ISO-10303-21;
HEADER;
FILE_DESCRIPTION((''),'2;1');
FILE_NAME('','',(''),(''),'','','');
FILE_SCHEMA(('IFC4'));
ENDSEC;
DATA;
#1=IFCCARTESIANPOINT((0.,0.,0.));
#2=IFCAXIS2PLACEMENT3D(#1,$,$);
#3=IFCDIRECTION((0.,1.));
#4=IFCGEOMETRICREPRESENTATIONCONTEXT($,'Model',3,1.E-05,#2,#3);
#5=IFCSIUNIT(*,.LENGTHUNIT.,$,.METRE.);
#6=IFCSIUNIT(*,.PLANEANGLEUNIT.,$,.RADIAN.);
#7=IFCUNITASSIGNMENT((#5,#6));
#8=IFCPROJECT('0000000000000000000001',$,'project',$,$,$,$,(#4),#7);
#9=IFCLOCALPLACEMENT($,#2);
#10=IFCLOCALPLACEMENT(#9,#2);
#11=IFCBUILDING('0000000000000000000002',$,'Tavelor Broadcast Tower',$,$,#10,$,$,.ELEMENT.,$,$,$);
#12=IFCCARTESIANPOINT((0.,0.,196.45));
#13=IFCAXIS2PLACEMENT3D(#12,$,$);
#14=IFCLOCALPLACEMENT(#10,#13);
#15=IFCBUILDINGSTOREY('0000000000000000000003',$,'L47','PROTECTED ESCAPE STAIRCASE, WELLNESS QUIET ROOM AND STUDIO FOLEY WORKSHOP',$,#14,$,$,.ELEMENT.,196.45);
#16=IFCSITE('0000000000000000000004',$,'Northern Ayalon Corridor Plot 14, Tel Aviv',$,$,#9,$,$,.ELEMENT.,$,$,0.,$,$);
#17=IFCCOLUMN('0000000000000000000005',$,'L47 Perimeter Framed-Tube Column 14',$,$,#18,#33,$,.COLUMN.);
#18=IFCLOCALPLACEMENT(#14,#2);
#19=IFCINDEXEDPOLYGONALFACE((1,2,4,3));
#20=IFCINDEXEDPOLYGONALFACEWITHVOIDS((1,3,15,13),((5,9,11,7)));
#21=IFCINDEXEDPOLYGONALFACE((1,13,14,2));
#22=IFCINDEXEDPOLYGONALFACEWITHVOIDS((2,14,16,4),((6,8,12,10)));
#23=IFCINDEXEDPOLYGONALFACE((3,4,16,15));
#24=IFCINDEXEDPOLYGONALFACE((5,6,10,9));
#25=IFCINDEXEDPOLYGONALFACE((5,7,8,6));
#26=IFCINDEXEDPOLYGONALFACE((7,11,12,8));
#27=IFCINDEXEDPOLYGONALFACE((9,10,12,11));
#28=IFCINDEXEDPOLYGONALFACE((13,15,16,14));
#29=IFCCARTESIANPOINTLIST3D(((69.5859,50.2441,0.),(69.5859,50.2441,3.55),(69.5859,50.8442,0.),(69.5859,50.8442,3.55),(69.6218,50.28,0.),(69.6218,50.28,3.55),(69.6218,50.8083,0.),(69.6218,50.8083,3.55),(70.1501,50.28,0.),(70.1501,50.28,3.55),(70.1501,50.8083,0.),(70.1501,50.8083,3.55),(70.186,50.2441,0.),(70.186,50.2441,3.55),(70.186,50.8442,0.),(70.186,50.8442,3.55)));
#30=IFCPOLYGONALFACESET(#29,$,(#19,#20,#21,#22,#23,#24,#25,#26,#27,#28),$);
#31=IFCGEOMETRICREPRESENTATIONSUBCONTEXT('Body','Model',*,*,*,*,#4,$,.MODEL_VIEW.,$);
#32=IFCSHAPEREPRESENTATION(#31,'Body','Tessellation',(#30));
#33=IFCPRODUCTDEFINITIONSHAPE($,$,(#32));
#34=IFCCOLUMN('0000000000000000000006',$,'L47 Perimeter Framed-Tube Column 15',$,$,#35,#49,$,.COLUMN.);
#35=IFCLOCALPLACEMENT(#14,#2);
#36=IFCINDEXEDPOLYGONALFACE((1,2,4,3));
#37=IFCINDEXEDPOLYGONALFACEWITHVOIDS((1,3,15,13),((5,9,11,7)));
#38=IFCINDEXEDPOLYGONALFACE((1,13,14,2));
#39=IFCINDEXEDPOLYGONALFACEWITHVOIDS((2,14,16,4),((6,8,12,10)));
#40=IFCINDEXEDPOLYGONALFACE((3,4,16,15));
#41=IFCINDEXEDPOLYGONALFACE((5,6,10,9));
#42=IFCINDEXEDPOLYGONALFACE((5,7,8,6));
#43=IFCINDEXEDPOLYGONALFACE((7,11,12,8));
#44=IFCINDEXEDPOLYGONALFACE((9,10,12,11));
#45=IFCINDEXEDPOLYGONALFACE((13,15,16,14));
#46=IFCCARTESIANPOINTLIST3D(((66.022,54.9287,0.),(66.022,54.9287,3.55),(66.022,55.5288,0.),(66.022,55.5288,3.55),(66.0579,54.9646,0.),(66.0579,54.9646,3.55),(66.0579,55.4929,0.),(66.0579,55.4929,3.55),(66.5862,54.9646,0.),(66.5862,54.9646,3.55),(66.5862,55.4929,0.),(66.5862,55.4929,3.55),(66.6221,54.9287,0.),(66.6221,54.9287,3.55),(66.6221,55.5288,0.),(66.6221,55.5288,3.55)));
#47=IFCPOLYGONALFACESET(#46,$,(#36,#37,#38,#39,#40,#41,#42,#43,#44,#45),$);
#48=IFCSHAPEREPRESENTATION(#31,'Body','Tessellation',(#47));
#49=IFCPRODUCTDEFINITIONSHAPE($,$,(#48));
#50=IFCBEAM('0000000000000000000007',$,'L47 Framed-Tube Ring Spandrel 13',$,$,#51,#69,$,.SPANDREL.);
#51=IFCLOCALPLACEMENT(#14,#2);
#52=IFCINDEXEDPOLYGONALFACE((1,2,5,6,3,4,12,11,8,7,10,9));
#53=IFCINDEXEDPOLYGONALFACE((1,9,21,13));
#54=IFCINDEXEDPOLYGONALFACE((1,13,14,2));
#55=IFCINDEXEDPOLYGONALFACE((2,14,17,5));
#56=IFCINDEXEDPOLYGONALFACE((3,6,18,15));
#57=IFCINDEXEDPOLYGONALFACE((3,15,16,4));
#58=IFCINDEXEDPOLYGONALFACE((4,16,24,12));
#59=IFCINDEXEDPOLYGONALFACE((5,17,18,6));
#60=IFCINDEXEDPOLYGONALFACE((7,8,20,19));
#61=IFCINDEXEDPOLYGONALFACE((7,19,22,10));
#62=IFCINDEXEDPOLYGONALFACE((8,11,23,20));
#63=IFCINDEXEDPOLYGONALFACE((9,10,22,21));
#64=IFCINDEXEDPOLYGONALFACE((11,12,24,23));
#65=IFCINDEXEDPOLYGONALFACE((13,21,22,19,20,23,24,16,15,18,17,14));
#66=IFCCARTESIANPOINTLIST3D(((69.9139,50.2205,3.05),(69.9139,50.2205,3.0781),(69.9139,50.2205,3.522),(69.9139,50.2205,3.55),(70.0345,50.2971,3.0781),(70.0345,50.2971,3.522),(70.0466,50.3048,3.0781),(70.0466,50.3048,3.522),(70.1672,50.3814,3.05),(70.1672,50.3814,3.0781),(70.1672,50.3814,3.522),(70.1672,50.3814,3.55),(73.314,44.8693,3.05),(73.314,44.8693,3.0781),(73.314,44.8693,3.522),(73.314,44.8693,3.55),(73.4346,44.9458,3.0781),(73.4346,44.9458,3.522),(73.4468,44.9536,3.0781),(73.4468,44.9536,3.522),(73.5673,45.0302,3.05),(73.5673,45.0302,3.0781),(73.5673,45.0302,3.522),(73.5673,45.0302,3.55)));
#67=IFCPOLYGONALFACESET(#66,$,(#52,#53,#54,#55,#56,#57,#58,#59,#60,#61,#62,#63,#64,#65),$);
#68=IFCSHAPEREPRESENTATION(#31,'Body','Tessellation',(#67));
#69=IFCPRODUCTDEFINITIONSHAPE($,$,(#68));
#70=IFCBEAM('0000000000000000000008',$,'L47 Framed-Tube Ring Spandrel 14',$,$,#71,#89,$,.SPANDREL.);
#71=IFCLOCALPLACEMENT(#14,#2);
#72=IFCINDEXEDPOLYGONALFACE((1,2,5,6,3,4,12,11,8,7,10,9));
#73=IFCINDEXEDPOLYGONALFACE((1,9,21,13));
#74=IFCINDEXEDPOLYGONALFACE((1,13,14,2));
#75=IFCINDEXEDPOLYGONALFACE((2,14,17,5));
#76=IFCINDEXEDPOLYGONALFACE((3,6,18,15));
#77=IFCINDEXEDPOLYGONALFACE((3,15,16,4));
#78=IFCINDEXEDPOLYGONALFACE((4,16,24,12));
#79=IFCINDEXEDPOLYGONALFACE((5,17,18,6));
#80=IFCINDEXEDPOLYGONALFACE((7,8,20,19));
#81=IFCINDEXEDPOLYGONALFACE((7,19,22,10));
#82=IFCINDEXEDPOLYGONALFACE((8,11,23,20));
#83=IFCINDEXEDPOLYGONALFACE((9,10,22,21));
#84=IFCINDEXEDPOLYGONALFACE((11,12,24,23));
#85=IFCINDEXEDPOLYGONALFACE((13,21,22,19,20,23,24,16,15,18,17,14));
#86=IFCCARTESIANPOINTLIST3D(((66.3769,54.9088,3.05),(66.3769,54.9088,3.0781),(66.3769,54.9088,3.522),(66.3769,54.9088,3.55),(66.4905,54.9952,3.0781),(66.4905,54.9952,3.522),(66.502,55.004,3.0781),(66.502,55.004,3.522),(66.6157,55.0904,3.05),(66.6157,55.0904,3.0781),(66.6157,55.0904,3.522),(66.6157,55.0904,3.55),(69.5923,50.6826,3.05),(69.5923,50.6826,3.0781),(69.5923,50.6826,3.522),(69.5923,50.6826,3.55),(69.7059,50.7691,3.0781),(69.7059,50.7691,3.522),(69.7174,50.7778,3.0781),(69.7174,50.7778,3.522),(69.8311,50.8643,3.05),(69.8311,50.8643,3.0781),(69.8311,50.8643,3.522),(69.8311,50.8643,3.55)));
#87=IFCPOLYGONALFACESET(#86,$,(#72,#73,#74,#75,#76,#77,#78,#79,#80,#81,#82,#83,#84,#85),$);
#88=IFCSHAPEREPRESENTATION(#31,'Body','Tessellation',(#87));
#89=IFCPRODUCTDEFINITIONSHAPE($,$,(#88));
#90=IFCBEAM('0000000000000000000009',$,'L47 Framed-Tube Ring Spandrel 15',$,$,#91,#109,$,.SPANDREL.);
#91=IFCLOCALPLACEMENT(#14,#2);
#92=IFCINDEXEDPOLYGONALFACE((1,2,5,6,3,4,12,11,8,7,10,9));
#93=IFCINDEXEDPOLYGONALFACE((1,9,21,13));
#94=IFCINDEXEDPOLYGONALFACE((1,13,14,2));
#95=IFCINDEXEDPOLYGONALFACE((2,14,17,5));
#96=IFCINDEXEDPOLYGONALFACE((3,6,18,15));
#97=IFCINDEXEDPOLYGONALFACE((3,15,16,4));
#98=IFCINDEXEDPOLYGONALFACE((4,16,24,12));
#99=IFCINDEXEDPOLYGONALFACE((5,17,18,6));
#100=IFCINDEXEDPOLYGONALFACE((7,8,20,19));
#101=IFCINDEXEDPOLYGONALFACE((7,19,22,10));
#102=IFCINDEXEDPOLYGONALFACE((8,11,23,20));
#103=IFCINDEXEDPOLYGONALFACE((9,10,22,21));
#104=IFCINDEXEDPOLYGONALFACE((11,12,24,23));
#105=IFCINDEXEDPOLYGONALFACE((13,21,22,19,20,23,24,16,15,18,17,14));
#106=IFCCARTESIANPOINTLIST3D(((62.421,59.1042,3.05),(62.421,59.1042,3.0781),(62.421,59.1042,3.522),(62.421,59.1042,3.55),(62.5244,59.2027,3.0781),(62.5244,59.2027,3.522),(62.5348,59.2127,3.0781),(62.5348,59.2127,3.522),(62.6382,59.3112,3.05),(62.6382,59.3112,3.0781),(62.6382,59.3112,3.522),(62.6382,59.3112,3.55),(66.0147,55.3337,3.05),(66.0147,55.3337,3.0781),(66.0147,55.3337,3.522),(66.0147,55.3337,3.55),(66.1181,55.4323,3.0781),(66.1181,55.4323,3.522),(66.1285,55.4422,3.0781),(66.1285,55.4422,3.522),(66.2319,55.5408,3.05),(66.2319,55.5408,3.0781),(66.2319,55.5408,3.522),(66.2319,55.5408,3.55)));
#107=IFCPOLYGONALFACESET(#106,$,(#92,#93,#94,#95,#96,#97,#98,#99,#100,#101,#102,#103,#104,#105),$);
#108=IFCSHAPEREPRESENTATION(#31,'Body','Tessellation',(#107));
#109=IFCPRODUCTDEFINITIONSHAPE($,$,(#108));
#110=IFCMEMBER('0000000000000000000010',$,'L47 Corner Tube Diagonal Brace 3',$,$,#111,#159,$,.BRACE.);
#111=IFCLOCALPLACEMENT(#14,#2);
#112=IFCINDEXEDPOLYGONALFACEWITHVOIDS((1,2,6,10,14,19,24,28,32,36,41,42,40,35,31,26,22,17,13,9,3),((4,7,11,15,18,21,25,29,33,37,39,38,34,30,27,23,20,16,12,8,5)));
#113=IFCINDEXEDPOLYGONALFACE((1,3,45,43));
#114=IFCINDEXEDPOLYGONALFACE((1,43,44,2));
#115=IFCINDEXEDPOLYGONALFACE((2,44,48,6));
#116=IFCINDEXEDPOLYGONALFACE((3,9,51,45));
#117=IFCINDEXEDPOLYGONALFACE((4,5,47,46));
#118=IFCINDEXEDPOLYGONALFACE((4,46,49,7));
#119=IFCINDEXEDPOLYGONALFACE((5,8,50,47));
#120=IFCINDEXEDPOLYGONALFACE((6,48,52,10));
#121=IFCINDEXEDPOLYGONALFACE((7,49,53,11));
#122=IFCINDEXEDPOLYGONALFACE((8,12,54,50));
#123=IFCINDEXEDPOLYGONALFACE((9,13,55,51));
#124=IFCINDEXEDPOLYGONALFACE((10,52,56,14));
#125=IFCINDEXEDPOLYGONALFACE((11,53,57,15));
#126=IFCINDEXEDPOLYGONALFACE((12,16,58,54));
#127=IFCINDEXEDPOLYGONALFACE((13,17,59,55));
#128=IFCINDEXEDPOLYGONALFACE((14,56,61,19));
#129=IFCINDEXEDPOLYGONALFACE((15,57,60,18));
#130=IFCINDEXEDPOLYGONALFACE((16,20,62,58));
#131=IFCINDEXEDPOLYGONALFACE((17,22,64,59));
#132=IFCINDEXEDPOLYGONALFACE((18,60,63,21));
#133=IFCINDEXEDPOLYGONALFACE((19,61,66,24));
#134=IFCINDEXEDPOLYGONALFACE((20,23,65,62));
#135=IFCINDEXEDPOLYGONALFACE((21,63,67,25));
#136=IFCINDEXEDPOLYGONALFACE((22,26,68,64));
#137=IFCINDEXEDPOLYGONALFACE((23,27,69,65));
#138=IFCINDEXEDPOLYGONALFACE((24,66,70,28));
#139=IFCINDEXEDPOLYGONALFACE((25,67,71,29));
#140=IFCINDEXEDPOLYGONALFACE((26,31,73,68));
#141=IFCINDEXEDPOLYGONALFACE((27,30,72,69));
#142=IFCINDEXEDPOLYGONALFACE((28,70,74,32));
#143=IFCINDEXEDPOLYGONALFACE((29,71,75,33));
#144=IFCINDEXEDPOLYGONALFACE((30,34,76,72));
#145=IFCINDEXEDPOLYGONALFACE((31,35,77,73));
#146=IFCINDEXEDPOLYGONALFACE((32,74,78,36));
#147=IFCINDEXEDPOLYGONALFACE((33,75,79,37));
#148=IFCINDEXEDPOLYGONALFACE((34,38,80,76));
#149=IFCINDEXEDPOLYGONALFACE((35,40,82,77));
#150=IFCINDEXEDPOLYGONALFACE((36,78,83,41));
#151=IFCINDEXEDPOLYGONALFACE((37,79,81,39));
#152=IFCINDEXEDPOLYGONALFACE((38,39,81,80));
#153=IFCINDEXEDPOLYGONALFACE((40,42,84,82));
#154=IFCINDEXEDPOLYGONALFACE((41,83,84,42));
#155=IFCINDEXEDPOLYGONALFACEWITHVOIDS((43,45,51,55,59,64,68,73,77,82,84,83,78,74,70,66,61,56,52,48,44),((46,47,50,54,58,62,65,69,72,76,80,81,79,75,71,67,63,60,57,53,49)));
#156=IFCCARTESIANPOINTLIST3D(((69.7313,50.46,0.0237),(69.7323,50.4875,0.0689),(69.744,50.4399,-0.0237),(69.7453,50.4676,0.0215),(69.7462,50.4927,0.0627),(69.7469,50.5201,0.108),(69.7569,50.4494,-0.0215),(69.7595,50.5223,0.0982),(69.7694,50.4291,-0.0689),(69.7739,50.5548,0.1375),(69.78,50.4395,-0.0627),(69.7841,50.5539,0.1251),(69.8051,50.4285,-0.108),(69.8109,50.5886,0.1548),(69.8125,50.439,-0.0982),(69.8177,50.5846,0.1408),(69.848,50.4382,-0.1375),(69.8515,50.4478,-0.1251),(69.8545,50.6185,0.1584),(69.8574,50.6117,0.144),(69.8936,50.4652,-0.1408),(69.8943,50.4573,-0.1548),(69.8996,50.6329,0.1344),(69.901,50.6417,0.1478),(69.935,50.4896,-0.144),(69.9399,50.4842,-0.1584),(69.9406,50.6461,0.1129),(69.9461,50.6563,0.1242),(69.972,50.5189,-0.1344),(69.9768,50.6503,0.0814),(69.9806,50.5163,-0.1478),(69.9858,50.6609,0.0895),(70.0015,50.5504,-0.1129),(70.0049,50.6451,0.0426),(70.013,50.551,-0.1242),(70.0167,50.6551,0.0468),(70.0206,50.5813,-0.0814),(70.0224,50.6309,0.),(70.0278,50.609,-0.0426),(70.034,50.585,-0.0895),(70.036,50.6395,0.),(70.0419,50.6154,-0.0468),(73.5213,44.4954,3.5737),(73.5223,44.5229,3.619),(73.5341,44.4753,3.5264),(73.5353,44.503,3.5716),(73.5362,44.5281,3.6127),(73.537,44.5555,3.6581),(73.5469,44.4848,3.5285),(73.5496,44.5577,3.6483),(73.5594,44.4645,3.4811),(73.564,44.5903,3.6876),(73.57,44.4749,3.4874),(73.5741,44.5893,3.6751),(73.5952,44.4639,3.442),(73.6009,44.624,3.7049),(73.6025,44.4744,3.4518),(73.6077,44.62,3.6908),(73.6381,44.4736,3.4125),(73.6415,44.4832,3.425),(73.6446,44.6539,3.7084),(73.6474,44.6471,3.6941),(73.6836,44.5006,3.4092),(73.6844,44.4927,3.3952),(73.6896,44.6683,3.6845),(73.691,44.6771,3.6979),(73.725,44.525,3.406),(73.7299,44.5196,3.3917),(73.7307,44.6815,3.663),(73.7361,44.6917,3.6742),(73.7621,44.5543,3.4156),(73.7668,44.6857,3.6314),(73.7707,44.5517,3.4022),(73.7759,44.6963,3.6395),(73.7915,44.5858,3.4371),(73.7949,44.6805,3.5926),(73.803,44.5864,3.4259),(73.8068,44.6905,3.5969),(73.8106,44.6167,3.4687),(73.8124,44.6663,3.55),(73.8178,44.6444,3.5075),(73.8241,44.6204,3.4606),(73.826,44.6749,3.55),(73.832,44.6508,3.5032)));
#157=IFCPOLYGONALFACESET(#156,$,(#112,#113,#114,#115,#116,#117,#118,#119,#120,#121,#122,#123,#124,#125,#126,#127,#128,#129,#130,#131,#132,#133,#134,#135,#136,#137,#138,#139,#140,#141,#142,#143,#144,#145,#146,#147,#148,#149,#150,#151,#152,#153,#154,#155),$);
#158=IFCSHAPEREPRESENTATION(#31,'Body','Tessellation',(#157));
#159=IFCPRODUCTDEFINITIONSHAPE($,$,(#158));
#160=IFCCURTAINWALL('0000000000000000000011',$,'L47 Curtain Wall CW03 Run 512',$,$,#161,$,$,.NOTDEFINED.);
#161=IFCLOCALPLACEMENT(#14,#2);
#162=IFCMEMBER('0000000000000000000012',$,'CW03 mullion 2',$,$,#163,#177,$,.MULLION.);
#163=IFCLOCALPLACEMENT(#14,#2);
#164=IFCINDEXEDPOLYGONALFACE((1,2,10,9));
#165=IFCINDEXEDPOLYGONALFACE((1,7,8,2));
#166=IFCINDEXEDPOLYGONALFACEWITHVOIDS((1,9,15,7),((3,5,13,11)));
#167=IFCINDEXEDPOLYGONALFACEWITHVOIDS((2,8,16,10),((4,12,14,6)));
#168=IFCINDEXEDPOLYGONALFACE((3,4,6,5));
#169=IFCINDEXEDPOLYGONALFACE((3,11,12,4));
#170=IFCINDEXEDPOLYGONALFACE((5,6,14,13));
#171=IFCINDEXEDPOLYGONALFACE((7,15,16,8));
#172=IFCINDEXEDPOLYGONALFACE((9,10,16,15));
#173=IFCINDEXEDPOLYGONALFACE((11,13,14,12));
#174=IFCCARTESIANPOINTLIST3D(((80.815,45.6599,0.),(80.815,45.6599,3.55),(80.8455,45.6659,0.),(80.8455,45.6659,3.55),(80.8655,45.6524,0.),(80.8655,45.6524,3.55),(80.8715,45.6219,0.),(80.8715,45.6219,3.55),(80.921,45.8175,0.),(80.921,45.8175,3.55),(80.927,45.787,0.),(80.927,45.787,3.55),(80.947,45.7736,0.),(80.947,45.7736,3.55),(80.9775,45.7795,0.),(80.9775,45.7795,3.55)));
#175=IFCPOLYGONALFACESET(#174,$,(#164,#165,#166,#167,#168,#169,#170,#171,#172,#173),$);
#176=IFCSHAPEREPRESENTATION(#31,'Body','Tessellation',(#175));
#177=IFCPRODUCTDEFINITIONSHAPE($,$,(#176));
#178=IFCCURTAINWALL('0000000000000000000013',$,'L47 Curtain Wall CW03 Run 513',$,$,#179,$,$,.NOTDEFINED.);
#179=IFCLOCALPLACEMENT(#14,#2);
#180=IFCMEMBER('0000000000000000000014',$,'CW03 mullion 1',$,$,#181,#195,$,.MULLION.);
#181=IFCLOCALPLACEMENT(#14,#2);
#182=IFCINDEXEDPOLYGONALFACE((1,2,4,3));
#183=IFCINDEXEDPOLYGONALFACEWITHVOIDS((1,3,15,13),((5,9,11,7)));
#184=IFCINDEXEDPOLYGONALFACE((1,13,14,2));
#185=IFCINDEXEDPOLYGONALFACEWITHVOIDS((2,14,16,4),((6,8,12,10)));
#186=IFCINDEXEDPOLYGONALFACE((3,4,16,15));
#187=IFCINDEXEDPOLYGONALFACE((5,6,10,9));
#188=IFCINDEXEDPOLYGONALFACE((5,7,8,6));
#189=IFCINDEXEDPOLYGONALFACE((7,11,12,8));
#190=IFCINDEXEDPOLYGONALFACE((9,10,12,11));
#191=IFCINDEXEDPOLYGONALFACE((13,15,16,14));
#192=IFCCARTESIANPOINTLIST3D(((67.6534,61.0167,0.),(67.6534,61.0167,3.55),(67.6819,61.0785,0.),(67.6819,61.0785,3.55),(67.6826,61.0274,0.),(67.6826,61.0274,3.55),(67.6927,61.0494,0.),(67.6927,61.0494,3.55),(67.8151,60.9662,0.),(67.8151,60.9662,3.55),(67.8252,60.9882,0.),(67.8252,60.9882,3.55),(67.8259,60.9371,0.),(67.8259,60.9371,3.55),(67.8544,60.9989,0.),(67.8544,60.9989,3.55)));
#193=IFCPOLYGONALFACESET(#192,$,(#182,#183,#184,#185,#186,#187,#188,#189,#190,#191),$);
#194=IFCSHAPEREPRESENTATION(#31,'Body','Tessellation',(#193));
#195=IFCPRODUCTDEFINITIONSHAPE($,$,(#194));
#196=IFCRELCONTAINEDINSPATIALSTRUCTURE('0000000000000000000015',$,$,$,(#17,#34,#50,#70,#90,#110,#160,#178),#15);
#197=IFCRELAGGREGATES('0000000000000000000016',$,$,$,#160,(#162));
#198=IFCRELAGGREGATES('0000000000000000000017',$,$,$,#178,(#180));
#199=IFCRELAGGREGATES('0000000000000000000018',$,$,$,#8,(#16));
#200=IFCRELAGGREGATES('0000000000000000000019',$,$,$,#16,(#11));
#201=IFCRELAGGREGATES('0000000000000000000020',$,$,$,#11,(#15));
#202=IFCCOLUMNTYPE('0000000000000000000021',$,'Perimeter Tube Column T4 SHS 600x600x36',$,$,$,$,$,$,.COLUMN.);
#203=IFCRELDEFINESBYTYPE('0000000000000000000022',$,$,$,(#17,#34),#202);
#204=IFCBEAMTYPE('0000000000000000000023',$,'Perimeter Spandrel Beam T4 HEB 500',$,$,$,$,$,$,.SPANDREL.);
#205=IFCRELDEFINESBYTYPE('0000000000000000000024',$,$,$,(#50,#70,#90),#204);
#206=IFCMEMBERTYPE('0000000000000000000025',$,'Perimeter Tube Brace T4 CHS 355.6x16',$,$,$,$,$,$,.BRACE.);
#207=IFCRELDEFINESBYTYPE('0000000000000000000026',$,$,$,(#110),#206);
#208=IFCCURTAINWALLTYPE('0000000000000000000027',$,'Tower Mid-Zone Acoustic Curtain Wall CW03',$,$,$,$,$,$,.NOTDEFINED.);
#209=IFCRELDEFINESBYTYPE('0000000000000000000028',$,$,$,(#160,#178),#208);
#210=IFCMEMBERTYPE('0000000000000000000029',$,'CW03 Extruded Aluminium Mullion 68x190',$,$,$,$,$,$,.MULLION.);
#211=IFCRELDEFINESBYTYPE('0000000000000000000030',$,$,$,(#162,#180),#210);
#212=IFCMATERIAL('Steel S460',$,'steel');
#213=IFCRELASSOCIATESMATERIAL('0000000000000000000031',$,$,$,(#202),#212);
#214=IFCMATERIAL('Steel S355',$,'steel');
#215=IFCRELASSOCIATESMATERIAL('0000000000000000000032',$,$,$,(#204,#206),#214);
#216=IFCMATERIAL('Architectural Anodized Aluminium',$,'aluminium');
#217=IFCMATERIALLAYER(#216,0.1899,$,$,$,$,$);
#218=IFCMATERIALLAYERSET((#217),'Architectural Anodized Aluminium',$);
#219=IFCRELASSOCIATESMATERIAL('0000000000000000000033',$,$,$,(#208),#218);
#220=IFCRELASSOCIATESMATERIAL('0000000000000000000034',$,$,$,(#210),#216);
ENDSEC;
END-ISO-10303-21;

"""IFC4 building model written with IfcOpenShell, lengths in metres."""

from ifc_helpers import new_model, si_unit, direction, frame, origin, origin_2d, place, context, subcontext, project, spatial, hollow_rectangle, hollow_circle, i_section, extrude, source, transform, mapped, material, layer, layer_set, material_profile, profile_set, type_object, type_shapes, element, aggregate, save


model = new_model("IFC4")

# Units and contexts
model_context = context("Model", 3, precision=1e-05, world=origin(), true_north=direction((0.0, 1.0)))
body_context = subcontext(model_context, "Body", "Model", "MODEL_VIEW")
ifc_project = project(units=[si_unit("LENGTHUNIT", "METRE"), si_unit("PLANEANGLEUNIT", "RADIAN")], contexts=[model_context])

# Site, building, storey
site_placement = place(None, origin())
site = spatial("IfcSite", under=ifc_project, at=site_placement, Name="Northern Ayalon Corridor Plot 14, Tel Aviv", CompositionType="ELEMENT", RefElevation=0.0)
building_placement = place(site_placement, origin())
building = spatial("IfcBuilding", under=site, at=building_placement, Name="Tavelor Broadcast Tower", CompositionType="ELEMENT")
storey_placement = place(building_placement, frame((0.0, 0.0, 196.45)))
storey = spatial("IfcBuildingStorey", under=building, at=storey_placement, Name="L47", Description="PROTECTED ESCAPE STAIRCASE, WELLNESS QUIET ROOM AND STUDIO FOLEY WORKSHOP", CompositionType="ELEMENT", Elevation=196.45)

# Columns
ifc_material_1 = material(Name="Steel S460", Category="steel")
ifc_material_profile_1 = material_profile(ifc_material_1, hollow_rectangle(XDim=0.6001, YDim=0.6001, WallThickness=0.0359, at=origin_2d()), Name="SHS 600x600x36")
ifc_profile_set_1 = profile_set([ifc_material_profile_1], Name="Steel S460")
column_type = type_object("IfcColumnType", Name="Perimeter Tube Column T4 SHS 600x600x36", PredefinedType="COLUMN", material=ifc_profile_set_1)
for number, where, z_axis, x_axis, name in (
    (1, (69.886, 50.5442, 0.0), (0.0, 0.0, 1.0), (1.0, 0.0, 0.0), "L47 Perimeter Framed-Tube Column 14"),
    (2, (66.322, 55.2288, 0.0), (0.0, 0.0, 1.0), (1.0, 0.0, 0.0), "L47 Perimeter Framed-Tube Column 15"),
):
    element("IfcColumn", number, at=place(storey_placement, frame(where, z_axis=z_axis, x_axis=x_axis)), inside=storey, type_object=column_type, Name=name, PredefinedType="COLUMN", context=body_context, shape_type="SweptSolid", body=[
        extrude(hollow_rectangle(XDim=0.6001, YDim=0.6001, WallThickness=0.0359, at=origin_2d()), origin(), (0.0, 0.0, 1.0), 3.55),
    ])

# Beams
ifc_material_2 = material(Name="Steel S355", Category="steel")
ifc_material_profile_2 = material_profile(ifc_material_2, i_section(OverallWidth=0.3, OverallDepth=0.5, WebThickness=0.0144, FlangeThickness=0.0281, at=origin_2d()), Name="HEB 500")
ifc_profile_set_2 = profile_set([ifc_material_profile_2], Name="Steel S355")
beam_type = type_object("IfcBeamType", Name="Perimeter Spandrel Beam T4 HEB 500", PredefinedType="SPANDREL", material=ifc_profile_set_2)
beam_1_placement = place(storey_placement, frame((73.4407, 44.9497, 3.3), z_axis=(-0.536287, 0.844035, 0.0), x_axis=(-0.844035, -0.536287, 0.0)))
element("IfcBeam", 3, at=beam_1_placement, inside=storey, type_object=beam_type, Name="L47 Framed-Tube Ring Spandrel 13", PredefinedType="SPANDREL", context=body_context, shape_type="SweptSolid", body=[
    extrude(i_section(OverallWidth=0.3, OverallDepth=0.5, WebThickness=0.0144, FlangeThickness=0.0281, at=origin_2d()), origin(), (0.0, 0.0, 1.0), 6.3401),
])
beam_2_placement = place(storey_placement, frame((69.7117, 50.7734, 3.3), z_axis=(-0.605503, 0.795843, 0.0), x_axis=(-0.795843, -0.605503, 0.0)))
element("IfcBeam", 4, at=beam_2_placement, inside=storey, type_object=beam_type, Name="L47 Framed-Tube Ring Spandrel 14", PredefinedType="SPANDREL", context=body_context, shape_type="SweptSolid", body=[
    extrude(i_section(OverallWidth=0.3, OverallDepth=0.5, WebThickness=0.0144, FlangeThickness=0.0281, at=origin_2d()), origin(), (0.0, 0.0, 1.0), 5.3103),
])
beam_3_placement = place(storey_placement, frame((66.1233, 55.4373, 3.3), z_axis=(-0.689936, 0.72387, 0.0), x_axis=(-0.72387, -0.689936, 0.0)))
element("IfcBeam", 5, at=beam_3_placement, inside=storey, type_object=beam_type, Name="L47 Framed-Tube Ring Spandrel 15", PredefinedType="SPANDREL", context=body_context, shape_type="SweptSolid", body=[
    extrude(i_section(OverallWidth=0.3, OverallDepth=0.5, WebThickness=0.0144, FlangeThickness=0.0281, at=origin_2d()), origin(), (0.0, 0.0, 1.0), 5.2087),
])

# Member
ifc_material_profile_3 = material_profile(ifc_material_2, hollow_circle(Radius=0.1777, WallThickness=0.0161, at=origin_2d()), Name="CHS 355.6x16")
ifc_profile_set_3 = profile_set([ifc_material_profile_3], Name="Steel S355")
member_type_1 = type_object("IfcMemberType", Name="Perimeter Tube Brace T4 CHS 355.6x16", PredefinedType="BRACE", material=ifc_profile_set_3)
member_1_placement = place(storey_placement, frame((69.886, 50.5442, 0.0), z_axis=(0.479239, -0.754205, 0.448893), x_axis=(0.844021, 0.53631, 0.0)))
element("IfcMember", 6, at=member_1_placement, inside=storey, type_object=member_type_1, Name="L47 Corner Tube Diagonal Brace 3", PredefinedType="BRACE", context=body_context, shape_type="SweptSolid", body=[
    extrude(hollow_circle(Radius=0.1777, WallThickness=0.0161, at=origin_2d()), origin(), (0.0, 0.0, 1.0), 7.9084),
])

# Curtain wall, member
ifc_material_3 = material(Name="Architectural Anodized Aluminium", Category="aluminium")
ifc_layer_1 = layer(ifc_material_3, 0.1899)
ifc_layer_set_1 = layer_set([ifc_layer_1], Name="Architectural Anodized Aluminium")
curtain_wall_type = type_object("IfcCurtainWallType", Name="Tower Mid-Zone Acoustic Curtain Wall CW03", PredefinedType="NOTDEFINED", material=ifc_layer_set_1)
curtain_wall_1_placement = place(storey_placement, origin())
curtain_wall_1 = element("IfcCurtainWall", 7, at=curtain_wall_1_placement, inside=storey, type_object=curtain_wall_type, Name="L47 Curtain Wall CW03 Run 512", PredefinedType="NOTDEFINED")
ifc_material_profile_4 = material_profile(ifc_material_3, hollow_rectangle(XDim=0.0681, YDim=0.1899, WallThickness=0.022, at=origin_2d()), Name="RHS 68x190x22")
ifc_profile_set_4 = profile_set([ifc_material_profile_4], Name="Architectural Anodized Aluminium")
member_type_2 = type_object("IfcMemberType", Name="CW03 Extruded Aluminium Mullion 68x190", PredefinedType="MULLION", material=ifc_profile_set_4)
shared_shape_1 = source(origin(), body_context, "Body", "SweptSolid", [
    extrude(hollow_rectangle(XDim=0.0681, YDim=0.1899, WallThickness=0.022, at=origin_2d()), origin(), (0.0, 0.0, 1.0), 3.55),
])
type_shapes(member_type_2, [shared_shape_1])
member_2_placement = place(storey_placement, frame((80.8962, 45.7197, 0.0), z_axis=(0.0, 0.0, 1.0), x_axis=(-0.829782, 0.558087, 0.0)))
member_2 = element("IfcMember", 8, at=member_2_placement, type_object=member_type_2, Name="CW03 mullion 2", PredefinedType="MULLION", context=body_context, shape_type="MappedRepresentation", body=[
    mapped(shared_shape_1, transform((0.0, 0.0, 0.0), scale=1.0)),
])
aggregate(curtain_wall_1, [member_2])

# Curtain wall, member
curtain_wall_2_placement = place(storey_placement, origin())
curtain_wall_2 = element("IfcCurtainWall", 9, at=curtain_wall_2_placement, inside=storey, type_object=curtain_wall_type, Name="L47 Curtain Wall CW03 Run 513", PredefinedType="NOTDEFINED")
member_3_placement = place(storey_placement, frame((67.7539, 61.0078, 0.0), z_axis=(0.0, 0.0, 1.0), x_axis=(-0.419056, -0.90796, 0.0)))
member_3 = element("IfcMember", 10, at=member_3_placement, type_object=member_type_2, Name="CW03 mullion 1", PredefinedType="MULLION", context=body_context, shape_type="MappedRepresentation", body=[
    mapped(shared_shape_1, transform((0.0, 0.0, 0.0), scale=1.0)),
])

aggregate(curtain_wall_2, [member_3])

save(model, "model.ifc")
